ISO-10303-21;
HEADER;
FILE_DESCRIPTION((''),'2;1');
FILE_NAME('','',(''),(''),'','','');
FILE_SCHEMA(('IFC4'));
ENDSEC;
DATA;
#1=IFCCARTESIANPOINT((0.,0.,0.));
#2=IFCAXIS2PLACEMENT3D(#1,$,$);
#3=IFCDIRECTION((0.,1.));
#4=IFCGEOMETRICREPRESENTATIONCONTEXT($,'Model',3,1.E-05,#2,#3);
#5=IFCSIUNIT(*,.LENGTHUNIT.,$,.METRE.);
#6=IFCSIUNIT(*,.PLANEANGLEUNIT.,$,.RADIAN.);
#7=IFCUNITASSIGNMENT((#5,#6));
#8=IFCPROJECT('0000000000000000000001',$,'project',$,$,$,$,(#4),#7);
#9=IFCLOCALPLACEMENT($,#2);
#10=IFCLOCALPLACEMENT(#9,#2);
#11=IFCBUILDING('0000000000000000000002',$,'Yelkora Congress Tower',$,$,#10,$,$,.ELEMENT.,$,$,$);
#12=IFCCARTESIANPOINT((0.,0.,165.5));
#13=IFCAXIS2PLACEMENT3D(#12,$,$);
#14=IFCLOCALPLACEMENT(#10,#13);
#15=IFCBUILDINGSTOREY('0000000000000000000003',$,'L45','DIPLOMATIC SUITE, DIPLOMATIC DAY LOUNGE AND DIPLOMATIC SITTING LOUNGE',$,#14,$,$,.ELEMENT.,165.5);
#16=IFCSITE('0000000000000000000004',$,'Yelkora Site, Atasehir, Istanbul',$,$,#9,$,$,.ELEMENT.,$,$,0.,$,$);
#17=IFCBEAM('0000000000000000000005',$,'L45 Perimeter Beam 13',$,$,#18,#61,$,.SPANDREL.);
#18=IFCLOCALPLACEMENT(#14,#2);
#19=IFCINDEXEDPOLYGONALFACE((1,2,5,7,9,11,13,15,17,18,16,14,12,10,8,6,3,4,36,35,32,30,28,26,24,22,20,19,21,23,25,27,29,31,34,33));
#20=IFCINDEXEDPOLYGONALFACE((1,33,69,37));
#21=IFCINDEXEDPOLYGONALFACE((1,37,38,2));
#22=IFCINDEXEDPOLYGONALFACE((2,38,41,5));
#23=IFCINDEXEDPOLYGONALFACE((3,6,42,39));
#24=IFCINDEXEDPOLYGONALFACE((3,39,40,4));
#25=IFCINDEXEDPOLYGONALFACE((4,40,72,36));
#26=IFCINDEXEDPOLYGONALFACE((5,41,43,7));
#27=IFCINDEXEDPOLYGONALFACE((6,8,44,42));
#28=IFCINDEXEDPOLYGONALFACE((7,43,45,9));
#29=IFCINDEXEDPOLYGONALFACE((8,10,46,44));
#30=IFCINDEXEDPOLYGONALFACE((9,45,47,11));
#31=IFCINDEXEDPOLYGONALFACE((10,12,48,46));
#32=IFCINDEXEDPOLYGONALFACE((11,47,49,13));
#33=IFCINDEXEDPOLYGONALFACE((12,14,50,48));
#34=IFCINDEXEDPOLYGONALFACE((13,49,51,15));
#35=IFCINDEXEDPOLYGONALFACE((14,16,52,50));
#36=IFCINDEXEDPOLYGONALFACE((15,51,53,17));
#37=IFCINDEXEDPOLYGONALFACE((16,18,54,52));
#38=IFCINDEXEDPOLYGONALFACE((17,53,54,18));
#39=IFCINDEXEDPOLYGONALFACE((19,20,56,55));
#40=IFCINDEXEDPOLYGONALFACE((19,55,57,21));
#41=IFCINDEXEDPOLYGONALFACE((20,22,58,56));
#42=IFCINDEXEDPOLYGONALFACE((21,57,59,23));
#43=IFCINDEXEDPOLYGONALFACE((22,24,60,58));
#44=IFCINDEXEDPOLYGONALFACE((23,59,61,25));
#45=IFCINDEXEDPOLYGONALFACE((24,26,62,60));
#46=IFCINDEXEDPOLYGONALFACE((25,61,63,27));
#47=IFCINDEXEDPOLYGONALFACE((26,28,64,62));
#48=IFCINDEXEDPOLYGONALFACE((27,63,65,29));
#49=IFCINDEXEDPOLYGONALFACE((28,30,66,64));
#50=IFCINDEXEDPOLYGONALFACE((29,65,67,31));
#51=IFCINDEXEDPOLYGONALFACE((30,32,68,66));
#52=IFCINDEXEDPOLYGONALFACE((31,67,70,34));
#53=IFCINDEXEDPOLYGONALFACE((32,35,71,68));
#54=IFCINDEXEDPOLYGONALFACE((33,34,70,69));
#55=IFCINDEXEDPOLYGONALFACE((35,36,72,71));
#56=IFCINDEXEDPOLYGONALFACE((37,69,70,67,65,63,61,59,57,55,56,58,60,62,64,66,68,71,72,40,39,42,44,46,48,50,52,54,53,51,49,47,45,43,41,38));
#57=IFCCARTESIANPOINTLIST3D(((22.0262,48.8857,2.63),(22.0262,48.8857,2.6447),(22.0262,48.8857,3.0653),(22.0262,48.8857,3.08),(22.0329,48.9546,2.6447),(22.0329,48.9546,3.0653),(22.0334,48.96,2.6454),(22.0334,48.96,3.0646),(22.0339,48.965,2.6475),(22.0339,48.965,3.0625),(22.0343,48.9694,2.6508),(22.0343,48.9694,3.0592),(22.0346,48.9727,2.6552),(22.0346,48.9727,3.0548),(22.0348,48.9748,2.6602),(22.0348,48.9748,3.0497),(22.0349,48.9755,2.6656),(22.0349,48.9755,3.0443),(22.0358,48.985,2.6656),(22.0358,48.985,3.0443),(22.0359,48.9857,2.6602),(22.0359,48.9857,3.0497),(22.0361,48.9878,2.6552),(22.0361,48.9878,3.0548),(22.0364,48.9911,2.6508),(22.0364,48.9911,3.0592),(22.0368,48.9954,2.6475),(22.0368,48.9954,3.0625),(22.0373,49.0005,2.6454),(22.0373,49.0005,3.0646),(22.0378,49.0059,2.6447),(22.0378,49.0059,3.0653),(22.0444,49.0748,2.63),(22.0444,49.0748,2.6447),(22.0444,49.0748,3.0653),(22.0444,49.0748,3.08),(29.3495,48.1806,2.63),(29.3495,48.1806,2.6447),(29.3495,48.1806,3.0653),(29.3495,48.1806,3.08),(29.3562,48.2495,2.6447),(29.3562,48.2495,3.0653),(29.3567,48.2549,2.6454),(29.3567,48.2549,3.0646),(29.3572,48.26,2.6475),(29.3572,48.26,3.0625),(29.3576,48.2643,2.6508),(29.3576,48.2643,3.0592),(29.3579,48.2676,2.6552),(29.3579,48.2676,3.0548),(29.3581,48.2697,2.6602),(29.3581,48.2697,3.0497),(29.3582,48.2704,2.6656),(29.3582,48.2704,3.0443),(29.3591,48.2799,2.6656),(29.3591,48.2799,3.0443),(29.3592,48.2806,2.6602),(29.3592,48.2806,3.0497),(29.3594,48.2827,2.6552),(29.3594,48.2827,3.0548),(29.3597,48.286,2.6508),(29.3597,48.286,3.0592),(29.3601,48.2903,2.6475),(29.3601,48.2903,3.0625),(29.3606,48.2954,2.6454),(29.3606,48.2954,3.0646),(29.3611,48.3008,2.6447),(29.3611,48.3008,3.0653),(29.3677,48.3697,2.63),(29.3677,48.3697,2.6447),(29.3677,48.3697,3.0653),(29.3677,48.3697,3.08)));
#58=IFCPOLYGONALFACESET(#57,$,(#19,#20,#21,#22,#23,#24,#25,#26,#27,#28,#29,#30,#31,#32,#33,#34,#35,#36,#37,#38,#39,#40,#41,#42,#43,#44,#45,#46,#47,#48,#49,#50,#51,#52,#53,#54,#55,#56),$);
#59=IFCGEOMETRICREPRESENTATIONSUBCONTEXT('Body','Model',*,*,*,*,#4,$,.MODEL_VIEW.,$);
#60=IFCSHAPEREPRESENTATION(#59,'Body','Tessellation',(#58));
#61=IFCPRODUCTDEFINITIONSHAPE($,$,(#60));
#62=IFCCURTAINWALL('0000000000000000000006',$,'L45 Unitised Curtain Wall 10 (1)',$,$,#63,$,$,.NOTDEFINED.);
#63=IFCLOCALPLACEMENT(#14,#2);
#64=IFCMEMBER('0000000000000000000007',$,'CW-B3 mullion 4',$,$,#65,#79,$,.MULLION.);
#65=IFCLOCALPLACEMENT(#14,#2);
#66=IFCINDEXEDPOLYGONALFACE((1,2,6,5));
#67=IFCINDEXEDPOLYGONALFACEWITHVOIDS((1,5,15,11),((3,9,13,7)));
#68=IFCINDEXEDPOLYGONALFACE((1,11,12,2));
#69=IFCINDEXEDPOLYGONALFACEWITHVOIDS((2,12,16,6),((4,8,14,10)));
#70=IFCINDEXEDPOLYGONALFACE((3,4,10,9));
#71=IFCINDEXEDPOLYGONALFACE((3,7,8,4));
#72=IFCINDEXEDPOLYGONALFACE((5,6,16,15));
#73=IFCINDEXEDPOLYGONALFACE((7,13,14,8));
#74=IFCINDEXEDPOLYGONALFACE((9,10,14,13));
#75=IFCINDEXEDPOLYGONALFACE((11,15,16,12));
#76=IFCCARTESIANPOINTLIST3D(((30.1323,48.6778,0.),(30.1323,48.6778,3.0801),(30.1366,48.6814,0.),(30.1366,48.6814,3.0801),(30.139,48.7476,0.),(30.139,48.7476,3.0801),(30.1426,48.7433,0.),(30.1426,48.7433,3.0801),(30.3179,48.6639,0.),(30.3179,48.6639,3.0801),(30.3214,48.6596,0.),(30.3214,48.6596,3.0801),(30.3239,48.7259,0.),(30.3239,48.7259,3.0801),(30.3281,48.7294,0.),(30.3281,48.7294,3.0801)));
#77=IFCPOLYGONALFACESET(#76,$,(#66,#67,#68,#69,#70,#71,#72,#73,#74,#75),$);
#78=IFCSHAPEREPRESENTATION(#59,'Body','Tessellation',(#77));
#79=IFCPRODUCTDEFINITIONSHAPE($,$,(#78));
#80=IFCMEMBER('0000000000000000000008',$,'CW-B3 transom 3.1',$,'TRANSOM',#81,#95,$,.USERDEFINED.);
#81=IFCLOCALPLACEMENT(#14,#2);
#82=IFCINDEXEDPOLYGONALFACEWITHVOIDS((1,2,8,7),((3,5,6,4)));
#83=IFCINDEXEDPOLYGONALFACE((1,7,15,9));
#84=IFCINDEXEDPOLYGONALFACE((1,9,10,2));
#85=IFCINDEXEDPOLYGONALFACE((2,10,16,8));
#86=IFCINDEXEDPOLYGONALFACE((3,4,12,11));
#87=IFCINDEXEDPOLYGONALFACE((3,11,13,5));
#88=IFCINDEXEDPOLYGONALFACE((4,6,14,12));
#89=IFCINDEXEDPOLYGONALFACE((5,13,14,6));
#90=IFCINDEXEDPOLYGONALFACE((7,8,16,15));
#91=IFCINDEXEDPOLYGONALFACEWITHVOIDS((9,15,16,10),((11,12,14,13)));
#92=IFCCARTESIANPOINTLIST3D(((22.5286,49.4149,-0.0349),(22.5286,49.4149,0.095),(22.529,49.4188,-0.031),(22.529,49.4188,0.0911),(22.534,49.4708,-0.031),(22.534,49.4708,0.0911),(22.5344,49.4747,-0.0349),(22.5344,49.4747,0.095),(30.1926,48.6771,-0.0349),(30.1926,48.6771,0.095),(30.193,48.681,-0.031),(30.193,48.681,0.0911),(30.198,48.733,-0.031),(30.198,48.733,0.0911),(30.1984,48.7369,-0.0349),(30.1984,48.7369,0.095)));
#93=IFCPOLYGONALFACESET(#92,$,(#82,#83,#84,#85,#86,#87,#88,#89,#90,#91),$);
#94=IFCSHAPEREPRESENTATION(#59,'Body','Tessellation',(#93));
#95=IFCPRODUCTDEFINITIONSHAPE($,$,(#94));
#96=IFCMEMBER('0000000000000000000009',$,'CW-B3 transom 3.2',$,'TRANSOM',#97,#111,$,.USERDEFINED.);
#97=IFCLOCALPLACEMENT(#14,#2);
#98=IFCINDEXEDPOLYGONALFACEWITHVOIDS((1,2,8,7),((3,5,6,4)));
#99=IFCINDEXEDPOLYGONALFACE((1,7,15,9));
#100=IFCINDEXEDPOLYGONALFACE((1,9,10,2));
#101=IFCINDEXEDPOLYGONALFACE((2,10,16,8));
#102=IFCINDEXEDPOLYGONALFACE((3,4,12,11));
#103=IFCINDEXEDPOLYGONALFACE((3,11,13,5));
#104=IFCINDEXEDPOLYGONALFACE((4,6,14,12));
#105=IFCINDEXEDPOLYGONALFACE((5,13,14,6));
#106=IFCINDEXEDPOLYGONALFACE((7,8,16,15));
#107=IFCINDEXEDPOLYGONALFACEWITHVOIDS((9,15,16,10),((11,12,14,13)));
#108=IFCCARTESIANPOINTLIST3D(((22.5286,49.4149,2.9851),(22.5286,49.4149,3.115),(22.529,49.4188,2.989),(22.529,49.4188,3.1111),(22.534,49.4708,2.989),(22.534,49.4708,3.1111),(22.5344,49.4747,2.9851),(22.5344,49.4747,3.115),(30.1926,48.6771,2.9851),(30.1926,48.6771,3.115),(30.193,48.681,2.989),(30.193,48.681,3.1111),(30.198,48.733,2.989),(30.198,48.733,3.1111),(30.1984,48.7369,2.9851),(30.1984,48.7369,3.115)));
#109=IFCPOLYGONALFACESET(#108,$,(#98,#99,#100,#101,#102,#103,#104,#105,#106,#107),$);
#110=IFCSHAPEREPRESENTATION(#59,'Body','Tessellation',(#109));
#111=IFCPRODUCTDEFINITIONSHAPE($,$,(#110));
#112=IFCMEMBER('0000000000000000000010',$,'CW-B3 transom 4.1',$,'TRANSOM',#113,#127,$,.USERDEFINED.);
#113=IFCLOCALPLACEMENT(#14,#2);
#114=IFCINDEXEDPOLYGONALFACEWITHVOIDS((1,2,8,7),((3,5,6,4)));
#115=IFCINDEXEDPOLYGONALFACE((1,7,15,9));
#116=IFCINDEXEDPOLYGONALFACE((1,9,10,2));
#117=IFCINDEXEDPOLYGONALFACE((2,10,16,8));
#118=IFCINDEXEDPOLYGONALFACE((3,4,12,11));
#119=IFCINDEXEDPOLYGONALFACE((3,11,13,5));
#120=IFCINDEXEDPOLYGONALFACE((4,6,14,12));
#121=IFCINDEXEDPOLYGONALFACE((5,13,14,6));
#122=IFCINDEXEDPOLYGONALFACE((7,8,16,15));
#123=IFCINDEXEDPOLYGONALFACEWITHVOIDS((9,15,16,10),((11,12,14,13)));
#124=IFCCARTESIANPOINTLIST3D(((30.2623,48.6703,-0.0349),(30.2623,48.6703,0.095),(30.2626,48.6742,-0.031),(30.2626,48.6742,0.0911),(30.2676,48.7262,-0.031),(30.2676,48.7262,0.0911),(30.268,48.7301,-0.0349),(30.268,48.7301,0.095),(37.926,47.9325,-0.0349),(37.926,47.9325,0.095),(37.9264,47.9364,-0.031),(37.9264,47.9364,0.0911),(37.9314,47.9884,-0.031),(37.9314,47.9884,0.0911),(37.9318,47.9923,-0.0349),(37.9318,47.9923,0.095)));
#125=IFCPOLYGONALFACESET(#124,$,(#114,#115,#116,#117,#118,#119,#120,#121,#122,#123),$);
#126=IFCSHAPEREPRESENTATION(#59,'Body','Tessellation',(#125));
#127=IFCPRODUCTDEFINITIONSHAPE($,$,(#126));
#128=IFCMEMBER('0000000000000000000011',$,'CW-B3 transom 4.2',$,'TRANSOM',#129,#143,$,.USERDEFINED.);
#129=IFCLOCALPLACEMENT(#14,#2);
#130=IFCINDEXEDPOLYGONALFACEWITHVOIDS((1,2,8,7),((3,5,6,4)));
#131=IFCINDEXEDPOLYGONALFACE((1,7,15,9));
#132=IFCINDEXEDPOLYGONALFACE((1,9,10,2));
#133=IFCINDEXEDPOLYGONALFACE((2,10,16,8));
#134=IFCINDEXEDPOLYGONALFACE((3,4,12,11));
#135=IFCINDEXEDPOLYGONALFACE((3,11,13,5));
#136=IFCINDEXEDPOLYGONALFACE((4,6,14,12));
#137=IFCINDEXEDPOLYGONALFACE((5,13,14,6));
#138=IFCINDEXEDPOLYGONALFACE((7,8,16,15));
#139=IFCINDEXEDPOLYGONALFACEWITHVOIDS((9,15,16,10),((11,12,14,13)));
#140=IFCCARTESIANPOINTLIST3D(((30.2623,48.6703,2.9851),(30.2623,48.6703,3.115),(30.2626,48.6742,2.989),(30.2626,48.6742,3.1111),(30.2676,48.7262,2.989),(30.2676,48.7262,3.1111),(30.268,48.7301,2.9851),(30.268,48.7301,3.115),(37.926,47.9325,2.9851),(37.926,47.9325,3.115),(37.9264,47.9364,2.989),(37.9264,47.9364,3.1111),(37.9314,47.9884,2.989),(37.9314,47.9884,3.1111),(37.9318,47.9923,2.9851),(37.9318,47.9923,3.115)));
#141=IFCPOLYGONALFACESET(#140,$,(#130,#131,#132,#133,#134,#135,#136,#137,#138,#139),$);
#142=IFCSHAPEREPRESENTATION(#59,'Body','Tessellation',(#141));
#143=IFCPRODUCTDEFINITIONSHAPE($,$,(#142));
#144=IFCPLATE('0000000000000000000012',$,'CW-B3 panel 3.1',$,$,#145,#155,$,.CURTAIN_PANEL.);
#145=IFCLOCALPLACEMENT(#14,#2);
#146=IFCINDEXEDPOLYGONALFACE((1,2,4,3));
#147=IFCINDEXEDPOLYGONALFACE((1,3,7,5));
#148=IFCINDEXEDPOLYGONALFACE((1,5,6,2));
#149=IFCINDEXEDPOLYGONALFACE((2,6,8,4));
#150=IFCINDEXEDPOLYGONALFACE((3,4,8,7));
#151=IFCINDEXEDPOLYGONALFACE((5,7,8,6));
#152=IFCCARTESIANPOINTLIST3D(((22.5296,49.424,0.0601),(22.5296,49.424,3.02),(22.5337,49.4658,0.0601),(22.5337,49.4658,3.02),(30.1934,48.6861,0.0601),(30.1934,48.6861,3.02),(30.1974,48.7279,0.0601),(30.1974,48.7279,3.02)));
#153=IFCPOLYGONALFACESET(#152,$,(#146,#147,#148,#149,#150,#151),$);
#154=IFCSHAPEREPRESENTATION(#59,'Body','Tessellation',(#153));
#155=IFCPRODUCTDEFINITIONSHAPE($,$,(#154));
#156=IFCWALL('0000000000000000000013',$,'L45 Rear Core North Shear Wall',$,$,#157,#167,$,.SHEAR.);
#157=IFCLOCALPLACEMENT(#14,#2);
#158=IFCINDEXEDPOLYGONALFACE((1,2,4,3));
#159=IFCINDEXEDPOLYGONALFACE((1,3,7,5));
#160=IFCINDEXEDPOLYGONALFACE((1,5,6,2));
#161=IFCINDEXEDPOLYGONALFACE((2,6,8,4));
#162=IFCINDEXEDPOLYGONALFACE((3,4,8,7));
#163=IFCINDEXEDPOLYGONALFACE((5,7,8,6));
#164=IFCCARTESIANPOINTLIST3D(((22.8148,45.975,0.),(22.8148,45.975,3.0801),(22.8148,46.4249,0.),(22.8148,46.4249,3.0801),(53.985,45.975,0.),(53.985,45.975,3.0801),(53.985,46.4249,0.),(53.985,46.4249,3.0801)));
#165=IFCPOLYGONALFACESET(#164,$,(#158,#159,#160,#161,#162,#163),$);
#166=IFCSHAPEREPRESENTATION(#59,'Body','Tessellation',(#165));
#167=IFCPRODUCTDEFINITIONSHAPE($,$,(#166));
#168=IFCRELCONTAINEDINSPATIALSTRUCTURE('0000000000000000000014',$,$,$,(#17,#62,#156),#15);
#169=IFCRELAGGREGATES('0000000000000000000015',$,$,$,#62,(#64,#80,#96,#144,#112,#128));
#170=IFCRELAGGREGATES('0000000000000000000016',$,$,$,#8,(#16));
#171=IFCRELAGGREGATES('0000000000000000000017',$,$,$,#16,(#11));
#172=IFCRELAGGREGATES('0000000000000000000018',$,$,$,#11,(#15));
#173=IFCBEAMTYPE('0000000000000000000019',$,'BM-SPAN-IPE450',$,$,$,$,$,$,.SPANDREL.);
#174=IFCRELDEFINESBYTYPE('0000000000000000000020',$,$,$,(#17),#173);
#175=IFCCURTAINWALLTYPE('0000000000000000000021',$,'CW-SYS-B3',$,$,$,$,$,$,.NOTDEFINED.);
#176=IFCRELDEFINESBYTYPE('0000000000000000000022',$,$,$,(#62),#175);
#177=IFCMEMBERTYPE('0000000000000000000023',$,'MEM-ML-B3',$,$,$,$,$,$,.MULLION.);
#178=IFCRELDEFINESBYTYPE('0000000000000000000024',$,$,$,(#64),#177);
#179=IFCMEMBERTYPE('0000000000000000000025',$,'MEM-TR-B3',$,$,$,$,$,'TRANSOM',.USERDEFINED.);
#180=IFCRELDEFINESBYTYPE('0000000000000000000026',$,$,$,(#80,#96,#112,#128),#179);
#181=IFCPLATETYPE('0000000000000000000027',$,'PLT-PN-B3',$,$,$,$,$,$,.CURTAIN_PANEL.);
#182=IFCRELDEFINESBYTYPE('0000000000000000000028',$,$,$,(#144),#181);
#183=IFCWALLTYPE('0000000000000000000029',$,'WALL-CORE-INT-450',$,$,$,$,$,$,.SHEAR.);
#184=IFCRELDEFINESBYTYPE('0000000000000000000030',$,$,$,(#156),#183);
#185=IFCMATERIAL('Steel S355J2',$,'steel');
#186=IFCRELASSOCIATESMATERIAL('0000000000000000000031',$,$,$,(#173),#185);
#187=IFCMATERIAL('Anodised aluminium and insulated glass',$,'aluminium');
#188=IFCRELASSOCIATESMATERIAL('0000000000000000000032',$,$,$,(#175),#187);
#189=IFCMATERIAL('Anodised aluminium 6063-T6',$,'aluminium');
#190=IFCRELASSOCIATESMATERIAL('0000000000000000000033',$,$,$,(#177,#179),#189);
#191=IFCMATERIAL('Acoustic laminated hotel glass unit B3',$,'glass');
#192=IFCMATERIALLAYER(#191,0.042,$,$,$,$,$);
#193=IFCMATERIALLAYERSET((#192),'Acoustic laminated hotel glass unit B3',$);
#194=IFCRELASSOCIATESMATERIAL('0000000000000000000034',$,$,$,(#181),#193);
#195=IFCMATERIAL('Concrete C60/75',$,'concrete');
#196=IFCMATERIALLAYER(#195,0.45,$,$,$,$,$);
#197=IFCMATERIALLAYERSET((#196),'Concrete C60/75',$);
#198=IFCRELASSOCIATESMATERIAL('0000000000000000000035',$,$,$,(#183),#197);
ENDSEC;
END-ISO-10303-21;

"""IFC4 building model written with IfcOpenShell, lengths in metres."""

from ifc_helpers import new_model, si_unit, direction, frame, frame_2d, origin, origin_2d, place, context, subcontext, project, spatial, rectangle, hollow_rectangle, i_section, extrude, material, layer, layer_set, material_profile, profile_set, type_object, element, aggregate, save


model = new_model("IFC4")

# Units and contexts
model_context = context("Model", 3, precision=1e-05, world=origin(), true_north=direction((0.0, 1.0)))
body_context = subcontext(model_context, "Body", "Model", "MODEL_VIEW")
ifc_project = project(units=[si_unit("LENGTHUNIT", "METRE"), si_unit("PLANEANGLEUNIT", "RADIAN")], contexts=[model_context])

# Site, building, storey
site_placement = place(None, origin())
site = spatial("IfcSite", under=ifc_project, at=site_placement, Name="Yelkora Site, Atasehir, Istanbul", CompositionType="ELEMENT", RefElevation=0.0)
building_placement = place(site_placement, origin())
building = spatial("IfcBuilding", under=site, at=building_placement, Name="Yelkora Congress Tower", CompositionType="ELEMENT")
storey_placement = place(building_placement, frame((0.0, 0.0, 165.5)))
storey = spatial("IfcBuildingStorey", under=building, at=storey_placement, Name="L45", Description="DIPLOMATIC SUITE, DIPLOMATIC DAY LOUNGE AND DIPLOMATIC SITTING LOUNGE", CompositionType="ELEMENT", Elevation=165.5)

# Beam
ifc_material_1 = material(Name="Steel S355J2", Category="steel")
ifc_material_profile_1 = material_profile(ifc_material_1, i_section(OverallWidth=0.1899, OverallDepth=0.45, WebThickness=0.0095, FlangeThickness=0.0146, FilletRadius=0.021, at=origin_2d()), Name="IPE 450")
ifc_profile_set_1 = profile_set([ifc_material_profile_1], Name="Steel S355J2")
beam_type_1 = type_object("IfcBeamType", Name="BM-SPAN-IPE450", PredefinedType="SPANDREL", material=ifc_profile_set_1)
beam_1_placement = place(storey_placement, frame((29.3586, 48.2751, 2.855), z_axis=(-0.995397, 0.095836, 0.0), x_axis=(-0.095836, -0.995397, 0.0)))
element("IfcBeam", 1, at=beam_1_placement, inside=storey, type_object=beam_type_1, Name="L45 Perimeter Beam 13", PredefinedType="SPANDREL", context=body_context, shape_type="SweptSolid", body=[
    extrude(i_section(OverallWidth=0.1899, OverallDepth=0.45, WebThickness=0.0095, FlangeThickness=0.0146, FilletRadius=0.021, at=origin_2d()), origin(), (0.0, 0.0, 1.0), 7.3572),
])

# Curtain wall, members, plate
ifc_material_2 = material(Name="Anodised aluminium and insulated glass", Category="aluminium")
curtain_wall_type = type_object("IfcCurtainWallType", Name="CW-SYS-B3", PredefinedType="NOTDEFINED", material=ifc_material_2)
curtain_wall_placement = place(storey_placement, origin())
curtain_wall = element("IfcCurtainWall", 2, at=curtain_wall_placement, inside=storey, type_object=curtain_wall_type, Name="L45 Unitised Curtain Wall 10 (1)", PredefinedType="NOTDEFINED")
ifc_material_3 = material(Name="Anodised aluminium 6063-T6", Category="aluminium")
ifc_material_profile_2 = material_profile(ifc_material_3, hollow_rectangle(XDim=0.0701, YDim=0.1899, WallThickness=0.0039, at=origin_2d()), Name="ALU 70x190x4")
ifc_profile_set_2 = profile_set([ifc_material_profile_2], Name="Anodised aluminium 6063-T6")
member_type_1 = type_object("IfcMemberType", Name="MEM-ML-B3", PredefinedType="MULLION", material=ifc_profile_set_2)
member_1_placement = place(storey_placement, frame((30.2302, 48.7036, 0.0), z_axis=(0.0, 0.0, 1.0), x_axis=(0.095845, 0.995396, 0.0)))
member_1 = element("IfcMember", 3, at=member_1_placement, type_object=member_type_1, Name="CW-B3 mullion 4", PredefinedType="MULLION", context=body_context, shape_type="SweptSolid", body=[
    extrude(hollow_rectangle(XDim=0.0701, YDim=0.1899, WallThickness=0.0039, at=origin_2d()), origin(), (0.0, 0.0, 1.0), 3.0801),
])
ifc_material_profile_3 = material_profile(ifc_material_3, hollow_rectangle(XDim=0.0601, YDim=0.1299, WallThickness=0.0039, at=origin_2d()), Name="ALU 60x130x4")
ifc_profile_set_3 = profile_set([ifc_material_profile_3], Name="Anodised aluminium 6063-T6")
member_type_2 = type_object("IfcMemberType", Name="MEM-TR-B3", ElementType="TRANSOM", PredefinedType="USERDEFINED", material=ifc_profile_set_3)
member_2_placement = place(storey_placement, frame((22.5315, 49.4448, 0.03), z_axis=(0.995398, -0.095824, 0.0), x_axis=(0.095824, 0.995398, 0.0)))
member_2 = element("IfcMember", 4, at=member_2_placement, type_object=member_type_2, Name="CW-B3 transom 3.1", ObjectType="TRANSOM", PredefinedType="USERDEFINED", context=body_context, shape_type="SweptSolid", body=[
    extrude(hollow_rectangle(XDim=0.0601, YDim=0.1299, WallThickness=0.0039, at=origin_2d()), origin(), (0.0, 0.0, 1.0), 7.6995),
])
member_3_placement = place(storey_placement, frame((22.5315, 49.4448, 3.05), z_axis=(0.995398, -0.095824, 0.0), x_axis=(0.095824, 0.995398, 0.0)))
member_3 = element("IfcMember", 5, at=member_3_placement, type_object=member_type_2, Name="CW-B3 transom 3.2", ObjectType="TRANSOM", PredefinedType="USERDEFINED", context=body_context, shape_type="SweptSolid", body=[
    extrude(hollow_rectangle(XDim=0.0601, YDim=0.1299, WallThickness=0.0039, at=origin_2d()), origin(), (0.0, 0.0, 1.0), 7.6995),
])
member_4_placement = place(storey_placement, frame((30.2651, 48.7002, 0.03), z_axis=(0.995398, -0.095827, 0.0), x_axis=(0.095827, 0.995398, 0.0)))
member_4 = element("IfcMember", 6, at=member_4_placement, type_object=member_type_2, Name="CW-B3 transom 4.1", ObjectType="TRANSOM", PredefinedType="USERDEFINED", context=body_context, shape_type="SweptSolid", body=[
    extrude(hollow_rectangle(XDim=0.0601, YDim=0.1299, WallThickness=0.0039, at=origin_2d()), origin(), (0.0, 0.0, 1.0), 7.6992),
])
member_5_placement = place(storey_placement, frame((30.2651, 48.7002, 3.05), z_axis=(0.995398, -0.095827, 0.0), x_axis=(0.095827, 0.995398, 0.0)))
member_5 = element("IfcMember", 7, at=member_5_placement, type_object=member_type_2, Name="CW-B3 transom 4.2", ObjectType="TRANSOM", PredefinedType="USERDEFINED", context=body_context, shape_type="SweptSolid", body=[
    extrude(hollow_rectangle(XDim=0.0601, YDim=0.1299, WallThickness=0.0039, at=origin_2d()), origin(), (0.0, 0.0, 1.0), 7.6992),
])
ifc_material_4 = material(Name="Acoustic laminated hotel glass unit B3", Category="glass")
ifc_layer_1 = layer(ifc_material_4, 0.042)
ifc_layer_set_1 = layer_set([ifc_layer_1], Name="Acoustic laminated hotel glass unit B3")
plate_type = type_object("IfcPlateType", Name="PLT-PN-B3", PredefinedType="CURTAIN_PANEL", material=ifc_layer_set_1)
plate_placement = place(storey_placement, frame((26.3635, 49.0759, 0.0601), z_axis=(0.0, 0.0, 1.0), x_axis=(0.995396, -0.095845, 0.0)))
plate = element("IfcPlate", 8, at=plate_placement, type_object=plate_type, Name="CW-B3 panel 3.1", PredefinedType="CURTAIN_PANEL", context=body_context, shape_type="SweptSolid", body=[
    extrude(rectangle(XDim=7.6992, YDim=0.042, at=origin_2d()), origin(), (0.0, 0.0, 1.0), 2.96),
])
aggregate(curtain_wall, [member_1, member_2, member_3, plate, member_4, member_5])

# Wall
ifc_material_5 = material(Name="Concrete C60/75", Category="concrete")
ifc_layer_2 = layer(ifc_material_5, 0.45)
ifc_layer_set_2 = layer_set([ifc_layer_2], Name="Concrete C60/75")
wall_type_1 = type_object("IfcWallType", Name="WALL-CORE-INT-450", PredefinedType="SHEAR", material=ifc_layer_set_2)
wall_1_placement = place(storey_placement, frame((22.8149, 46.2, 0.0), z_axis=(0.0, 0.0, 1.0), x_axis=(1.0, 0.0, 0.0)))
element("IfcWall", 9, at=wall_1_placement, inside=storey, type_object=wall_type_1, Name="L45 Rear Core North Shear Wall", PredefinedType="SHEAR", context=body_context, shape_type="SweptSolid", body=[
    extrude(rectangle(XDim=31.1702, YDim=0.45, at=frame_2d((15.585, 0.0))), origin(), (0.0, 0.0, 1.0), 3.0801),
])

save(model, "model.ifc")
